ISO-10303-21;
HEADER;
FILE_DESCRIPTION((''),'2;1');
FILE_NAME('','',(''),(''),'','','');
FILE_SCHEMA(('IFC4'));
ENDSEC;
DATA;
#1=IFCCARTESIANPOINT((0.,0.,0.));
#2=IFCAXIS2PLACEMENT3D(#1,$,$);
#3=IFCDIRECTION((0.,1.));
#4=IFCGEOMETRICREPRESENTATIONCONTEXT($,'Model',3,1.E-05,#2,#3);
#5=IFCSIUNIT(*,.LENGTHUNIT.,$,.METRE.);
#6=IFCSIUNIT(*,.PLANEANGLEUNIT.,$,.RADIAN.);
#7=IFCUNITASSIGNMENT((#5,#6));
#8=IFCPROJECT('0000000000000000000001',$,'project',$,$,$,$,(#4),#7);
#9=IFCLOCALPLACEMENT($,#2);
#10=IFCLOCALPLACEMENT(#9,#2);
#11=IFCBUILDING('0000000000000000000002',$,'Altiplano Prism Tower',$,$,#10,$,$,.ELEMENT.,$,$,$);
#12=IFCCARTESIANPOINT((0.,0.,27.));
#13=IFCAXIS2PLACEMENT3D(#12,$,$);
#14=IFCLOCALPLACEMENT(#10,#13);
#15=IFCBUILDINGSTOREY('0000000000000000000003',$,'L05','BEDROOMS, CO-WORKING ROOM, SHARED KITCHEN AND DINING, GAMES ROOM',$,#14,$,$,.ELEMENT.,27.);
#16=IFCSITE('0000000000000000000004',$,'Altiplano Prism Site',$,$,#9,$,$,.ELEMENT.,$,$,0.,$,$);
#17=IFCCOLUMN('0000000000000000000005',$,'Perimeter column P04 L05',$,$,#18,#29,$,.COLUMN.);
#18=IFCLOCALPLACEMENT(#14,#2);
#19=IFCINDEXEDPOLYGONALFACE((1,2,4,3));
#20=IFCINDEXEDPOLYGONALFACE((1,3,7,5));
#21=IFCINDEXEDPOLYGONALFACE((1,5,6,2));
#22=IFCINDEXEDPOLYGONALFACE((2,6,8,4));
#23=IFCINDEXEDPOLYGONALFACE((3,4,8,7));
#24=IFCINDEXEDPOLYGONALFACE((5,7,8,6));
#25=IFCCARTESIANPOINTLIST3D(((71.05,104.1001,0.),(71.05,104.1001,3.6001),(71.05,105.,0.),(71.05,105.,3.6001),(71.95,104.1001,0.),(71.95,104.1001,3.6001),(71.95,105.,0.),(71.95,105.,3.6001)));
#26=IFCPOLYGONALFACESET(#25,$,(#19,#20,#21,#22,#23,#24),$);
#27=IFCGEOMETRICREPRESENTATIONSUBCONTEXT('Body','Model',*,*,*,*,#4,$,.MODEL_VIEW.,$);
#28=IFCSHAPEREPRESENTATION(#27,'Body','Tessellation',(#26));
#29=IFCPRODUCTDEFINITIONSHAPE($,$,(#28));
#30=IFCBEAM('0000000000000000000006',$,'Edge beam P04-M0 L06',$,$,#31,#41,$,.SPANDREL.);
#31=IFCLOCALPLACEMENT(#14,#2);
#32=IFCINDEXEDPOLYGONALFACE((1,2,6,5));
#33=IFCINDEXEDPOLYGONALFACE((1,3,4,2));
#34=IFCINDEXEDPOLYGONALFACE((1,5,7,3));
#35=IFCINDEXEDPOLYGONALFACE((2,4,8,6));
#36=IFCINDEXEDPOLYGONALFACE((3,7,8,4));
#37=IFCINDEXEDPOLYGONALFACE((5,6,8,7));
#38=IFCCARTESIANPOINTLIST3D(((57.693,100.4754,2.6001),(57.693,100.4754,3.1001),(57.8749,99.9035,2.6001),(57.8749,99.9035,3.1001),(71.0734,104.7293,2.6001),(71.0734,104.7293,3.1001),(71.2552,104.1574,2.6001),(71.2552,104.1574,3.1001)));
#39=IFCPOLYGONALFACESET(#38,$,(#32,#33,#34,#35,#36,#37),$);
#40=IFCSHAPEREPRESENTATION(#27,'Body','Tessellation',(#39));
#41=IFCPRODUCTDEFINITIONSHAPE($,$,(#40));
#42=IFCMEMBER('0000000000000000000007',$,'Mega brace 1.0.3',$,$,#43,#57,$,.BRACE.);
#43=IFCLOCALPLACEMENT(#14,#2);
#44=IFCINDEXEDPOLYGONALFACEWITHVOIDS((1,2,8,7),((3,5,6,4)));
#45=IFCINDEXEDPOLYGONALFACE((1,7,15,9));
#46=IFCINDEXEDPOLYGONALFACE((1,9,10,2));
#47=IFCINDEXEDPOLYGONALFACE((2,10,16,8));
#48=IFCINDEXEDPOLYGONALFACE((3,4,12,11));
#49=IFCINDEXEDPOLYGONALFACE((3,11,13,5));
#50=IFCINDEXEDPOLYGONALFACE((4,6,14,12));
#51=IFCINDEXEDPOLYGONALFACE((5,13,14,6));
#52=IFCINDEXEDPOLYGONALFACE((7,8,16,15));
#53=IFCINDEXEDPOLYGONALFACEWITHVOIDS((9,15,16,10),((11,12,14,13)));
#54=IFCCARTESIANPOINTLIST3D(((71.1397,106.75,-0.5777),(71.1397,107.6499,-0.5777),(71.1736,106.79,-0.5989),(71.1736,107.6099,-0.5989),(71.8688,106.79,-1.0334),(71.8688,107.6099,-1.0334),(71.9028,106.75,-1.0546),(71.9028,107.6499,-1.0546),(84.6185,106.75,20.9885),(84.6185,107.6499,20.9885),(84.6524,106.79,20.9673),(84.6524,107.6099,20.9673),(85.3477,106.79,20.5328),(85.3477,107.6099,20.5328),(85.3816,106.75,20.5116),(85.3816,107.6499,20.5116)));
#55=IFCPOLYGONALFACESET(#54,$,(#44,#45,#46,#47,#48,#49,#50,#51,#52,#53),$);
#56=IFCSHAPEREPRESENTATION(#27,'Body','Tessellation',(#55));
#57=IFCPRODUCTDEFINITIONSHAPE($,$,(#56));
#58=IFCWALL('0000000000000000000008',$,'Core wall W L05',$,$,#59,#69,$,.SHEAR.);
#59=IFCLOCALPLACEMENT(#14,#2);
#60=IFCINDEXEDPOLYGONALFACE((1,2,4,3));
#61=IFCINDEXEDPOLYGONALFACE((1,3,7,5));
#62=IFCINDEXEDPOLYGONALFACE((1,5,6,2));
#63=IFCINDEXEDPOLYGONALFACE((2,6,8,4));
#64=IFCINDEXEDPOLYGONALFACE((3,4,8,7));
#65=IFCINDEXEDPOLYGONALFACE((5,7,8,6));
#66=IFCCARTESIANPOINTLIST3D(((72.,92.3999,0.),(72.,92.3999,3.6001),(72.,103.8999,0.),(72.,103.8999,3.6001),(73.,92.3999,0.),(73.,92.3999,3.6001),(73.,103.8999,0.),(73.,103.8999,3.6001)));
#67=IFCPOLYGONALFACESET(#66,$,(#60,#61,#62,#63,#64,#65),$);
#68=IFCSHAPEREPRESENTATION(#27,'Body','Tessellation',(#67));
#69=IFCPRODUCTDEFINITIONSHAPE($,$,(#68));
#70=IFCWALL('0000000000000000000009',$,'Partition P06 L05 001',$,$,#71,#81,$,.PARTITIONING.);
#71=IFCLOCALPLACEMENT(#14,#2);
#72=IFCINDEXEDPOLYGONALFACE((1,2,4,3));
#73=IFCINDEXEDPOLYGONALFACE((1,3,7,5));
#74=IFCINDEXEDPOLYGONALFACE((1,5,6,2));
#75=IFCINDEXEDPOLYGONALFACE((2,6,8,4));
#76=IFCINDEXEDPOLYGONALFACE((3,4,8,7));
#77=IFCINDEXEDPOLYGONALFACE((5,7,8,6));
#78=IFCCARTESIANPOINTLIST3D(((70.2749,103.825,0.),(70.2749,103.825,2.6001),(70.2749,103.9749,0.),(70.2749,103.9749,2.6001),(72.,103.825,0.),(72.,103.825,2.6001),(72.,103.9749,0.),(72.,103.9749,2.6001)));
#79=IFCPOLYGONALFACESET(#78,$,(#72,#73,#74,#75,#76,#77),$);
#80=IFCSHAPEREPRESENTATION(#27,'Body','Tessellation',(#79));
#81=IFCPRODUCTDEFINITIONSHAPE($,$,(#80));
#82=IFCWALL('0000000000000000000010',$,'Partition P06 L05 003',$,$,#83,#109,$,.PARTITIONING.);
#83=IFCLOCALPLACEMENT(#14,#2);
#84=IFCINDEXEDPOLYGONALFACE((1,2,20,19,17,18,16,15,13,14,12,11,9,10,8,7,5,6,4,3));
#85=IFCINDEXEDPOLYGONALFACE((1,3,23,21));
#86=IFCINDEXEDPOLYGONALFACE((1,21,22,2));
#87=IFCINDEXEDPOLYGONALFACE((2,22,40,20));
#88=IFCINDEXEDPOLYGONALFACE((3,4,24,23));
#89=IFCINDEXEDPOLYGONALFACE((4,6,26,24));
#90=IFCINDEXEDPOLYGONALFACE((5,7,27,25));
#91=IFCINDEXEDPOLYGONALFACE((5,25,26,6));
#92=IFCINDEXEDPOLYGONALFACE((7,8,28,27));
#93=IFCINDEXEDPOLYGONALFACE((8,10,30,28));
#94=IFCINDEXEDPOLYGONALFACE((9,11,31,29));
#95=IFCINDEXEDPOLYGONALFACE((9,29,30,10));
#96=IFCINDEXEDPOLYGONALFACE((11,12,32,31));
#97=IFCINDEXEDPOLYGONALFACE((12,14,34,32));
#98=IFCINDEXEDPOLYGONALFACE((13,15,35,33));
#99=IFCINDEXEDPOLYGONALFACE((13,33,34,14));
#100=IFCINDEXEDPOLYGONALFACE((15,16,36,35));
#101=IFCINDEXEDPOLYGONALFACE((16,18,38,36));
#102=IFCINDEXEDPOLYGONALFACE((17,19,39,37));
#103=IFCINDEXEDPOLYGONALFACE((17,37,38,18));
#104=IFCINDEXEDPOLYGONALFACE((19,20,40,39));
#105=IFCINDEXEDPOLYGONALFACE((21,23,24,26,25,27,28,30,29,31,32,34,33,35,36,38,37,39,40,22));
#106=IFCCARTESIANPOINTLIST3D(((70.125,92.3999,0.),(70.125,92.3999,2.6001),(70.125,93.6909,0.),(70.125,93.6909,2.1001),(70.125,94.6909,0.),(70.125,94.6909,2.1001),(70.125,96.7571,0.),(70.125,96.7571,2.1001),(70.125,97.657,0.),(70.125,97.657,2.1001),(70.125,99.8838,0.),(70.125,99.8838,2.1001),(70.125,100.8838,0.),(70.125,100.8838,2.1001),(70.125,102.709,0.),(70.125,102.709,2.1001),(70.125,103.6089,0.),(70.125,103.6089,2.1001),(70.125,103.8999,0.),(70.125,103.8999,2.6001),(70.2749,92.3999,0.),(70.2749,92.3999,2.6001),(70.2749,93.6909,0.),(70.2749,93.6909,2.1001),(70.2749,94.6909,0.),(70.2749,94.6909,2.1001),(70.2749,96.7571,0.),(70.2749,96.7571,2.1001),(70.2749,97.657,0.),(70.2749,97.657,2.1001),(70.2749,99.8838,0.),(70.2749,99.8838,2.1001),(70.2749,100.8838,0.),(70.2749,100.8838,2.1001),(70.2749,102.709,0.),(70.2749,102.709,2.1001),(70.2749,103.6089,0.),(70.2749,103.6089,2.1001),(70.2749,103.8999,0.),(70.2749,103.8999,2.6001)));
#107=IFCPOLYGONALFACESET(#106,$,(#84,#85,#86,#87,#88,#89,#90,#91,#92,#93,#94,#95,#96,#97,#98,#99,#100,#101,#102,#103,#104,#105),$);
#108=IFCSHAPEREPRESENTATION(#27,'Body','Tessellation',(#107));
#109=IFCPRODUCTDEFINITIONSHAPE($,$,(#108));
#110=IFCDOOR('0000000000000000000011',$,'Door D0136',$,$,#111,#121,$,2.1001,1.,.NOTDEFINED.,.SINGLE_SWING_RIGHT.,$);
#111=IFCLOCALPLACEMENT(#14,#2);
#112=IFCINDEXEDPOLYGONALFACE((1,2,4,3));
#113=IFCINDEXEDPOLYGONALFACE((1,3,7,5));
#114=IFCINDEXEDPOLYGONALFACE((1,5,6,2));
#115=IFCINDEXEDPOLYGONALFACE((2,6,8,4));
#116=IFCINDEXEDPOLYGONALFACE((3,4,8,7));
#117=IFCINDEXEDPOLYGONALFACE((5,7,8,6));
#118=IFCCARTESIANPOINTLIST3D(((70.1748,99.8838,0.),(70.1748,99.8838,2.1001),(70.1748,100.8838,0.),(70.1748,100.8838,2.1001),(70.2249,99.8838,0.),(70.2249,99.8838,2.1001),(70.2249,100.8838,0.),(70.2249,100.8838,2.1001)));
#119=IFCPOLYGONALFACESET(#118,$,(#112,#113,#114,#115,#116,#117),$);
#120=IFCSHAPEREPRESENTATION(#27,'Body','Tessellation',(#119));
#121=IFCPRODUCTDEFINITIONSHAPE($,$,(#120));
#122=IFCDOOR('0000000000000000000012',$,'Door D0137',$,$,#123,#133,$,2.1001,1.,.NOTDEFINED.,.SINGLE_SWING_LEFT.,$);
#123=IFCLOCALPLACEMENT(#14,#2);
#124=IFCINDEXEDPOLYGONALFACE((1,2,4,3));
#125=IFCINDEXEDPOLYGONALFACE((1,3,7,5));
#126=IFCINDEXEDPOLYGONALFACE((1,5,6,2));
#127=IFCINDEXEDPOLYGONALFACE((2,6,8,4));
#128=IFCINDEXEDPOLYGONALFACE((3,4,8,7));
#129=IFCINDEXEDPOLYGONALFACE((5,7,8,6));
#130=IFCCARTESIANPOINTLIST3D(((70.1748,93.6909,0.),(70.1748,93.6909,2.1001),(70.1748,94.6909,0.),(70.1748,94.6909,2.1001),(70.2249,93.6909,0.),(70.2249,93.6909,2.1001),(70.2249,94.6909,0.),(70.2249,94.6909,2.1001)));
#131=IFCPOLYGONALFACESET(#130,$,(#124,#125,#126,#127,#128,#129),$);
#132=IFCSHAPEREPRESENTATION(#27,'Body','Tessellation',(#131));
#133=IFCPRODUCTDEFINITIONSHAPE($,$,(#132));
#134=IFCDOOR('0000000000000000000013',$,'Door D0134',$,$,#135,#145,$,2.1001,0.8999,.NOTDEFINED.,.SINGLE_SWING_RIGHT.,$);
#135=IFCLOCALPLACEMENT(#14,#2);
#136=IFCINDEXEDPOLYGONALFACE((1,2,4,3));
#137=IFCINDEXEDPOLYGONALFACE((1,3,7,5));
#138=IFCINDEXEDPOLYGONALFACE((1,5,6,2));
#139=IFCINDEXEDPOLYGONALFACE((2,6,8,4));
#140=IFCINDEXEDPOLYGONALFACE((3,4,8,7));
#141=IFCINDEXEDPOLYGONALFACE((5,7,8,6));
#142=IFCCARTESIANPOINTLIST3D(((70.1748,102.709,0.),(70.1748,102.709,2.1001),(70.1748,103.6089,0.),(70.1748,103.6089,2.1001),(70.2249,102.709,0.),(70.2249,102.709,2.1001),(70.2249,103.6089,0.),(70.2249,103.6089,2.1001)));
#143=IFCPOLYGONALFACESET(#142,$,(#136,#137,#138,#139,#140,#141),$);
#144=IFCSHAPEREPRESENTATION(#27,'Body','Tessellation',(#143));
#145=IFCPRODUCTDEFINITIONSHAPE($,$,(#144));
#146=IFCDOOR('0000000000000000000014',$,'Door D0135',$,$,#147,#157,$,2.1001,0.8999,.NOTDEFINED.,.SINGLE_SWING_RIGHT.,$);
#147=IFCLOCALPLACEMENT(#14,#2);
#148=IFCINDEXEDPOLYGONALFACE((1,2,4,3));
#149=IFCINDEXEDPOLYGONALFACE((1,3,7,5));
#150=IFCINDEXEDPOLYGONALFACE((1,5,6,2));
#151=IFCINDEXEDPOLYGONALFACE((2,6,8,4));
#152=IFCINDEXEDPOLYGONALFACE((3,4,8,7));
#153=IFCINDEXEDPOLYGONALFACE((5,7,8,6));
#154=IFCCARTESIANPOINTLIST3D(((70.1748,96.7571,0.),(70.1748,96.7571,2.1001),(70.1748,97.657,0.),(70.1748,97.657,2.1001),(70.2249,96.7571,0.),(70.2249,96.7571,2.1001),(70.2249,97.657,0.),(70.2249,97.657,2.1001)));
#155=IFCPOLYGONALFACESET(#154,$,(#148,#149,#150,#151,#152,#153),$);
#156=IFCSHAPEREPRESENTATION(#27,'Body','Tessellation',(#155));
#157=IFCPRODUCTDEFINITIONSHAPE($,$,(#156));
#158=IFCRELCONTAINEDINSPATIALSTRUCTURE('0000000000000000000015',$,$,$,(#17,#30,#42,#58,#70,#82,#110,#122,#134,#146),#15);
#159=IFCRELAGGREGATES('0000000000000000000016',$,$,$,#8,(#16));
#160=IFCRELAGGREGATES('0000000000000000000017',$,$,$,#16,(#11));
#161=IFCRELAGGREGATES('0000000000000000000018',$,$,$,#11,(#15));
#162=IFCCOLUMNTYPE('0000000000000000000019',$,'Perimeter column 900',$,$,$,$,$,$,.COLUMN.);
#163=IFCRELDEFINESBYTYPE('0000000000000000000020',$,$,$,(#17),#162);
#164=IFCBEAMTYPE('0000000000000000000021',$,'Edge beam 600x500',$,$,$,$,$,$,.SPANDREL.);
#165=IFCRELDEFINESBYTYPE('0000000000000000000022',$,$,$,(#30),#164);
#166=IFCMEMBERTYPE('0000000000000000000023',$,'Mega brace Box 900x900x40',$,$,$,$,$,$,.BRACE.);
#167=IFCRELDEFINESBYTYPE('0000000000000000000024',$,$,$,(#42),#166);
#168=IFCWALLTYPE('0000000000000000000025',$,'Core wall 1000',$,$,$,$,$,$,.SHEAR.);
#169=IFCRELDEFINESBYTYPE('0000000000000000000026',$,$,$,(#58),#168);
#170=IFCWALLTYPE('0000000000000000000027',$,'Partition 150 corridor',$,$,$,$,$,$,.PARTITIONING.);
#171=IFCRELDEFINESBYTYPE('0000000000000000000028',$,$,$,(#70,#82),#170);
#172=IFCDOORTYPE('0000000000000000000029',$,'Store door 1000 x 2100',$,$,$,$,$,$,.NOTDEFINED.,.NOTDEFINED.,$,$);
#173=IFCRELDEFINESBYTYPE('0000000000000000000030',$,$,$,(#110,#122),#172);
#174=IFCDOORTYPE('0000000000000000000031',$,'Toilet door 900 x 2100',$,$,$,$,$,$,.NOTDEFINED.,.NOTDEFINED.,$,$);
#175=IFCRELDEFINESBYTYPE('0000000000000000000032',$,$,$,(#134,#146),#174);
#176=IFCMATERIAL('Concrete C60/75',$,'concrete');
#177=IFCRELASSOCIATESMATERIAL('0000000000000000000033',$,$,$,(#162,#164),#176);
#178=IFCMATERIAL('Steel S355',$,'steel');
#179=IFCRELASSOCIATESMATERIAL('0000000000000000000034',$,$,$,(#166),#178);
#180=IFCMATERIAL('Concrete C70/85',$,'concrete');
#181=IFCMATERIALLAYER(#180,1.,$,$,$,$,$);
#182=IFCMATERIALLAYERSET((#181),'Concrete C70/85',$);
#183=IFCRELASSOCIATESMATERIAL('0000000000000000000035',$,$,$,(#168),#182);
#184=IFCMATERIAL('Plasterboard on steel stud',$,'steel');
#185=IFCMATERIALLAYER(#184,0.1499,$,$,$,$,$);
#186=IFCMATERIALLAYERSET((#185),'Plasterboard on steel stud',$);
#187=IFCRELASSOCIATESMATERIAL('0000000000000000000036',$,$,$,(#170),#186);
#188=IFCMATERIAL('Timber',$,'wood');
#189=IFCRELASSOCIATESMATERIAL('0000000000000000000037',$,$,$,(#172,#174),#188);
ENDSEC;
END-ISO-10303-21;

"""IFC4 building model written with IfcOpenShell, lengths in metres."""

from ifc_helpers import new_model, si_unit, direction, frame, frame_2d, origin, origin_2d, place, context, subcontext, project, spatial, rectangle, hollow_rectangle, extrude, material, layer, layer_set, material_profile, profile_set, type_object, element, fill, save


model = new_model("IFC4")

# Units and contexts
model_context = context("Model", 3, precision=1e-05, world=origin(), true_north=direction((0.0, 1.0)))
body_context = subcontext(model_context, "Body", "Model", "MODEL_VIEW")
ifc_project = project(units=[si_unit("LENGTHUNIT", "METRE"), si_unit("PLANEANGLEUNIT", "RADIAN")], contexts=[model_context])

# Site, building, storey
site_placement = place(None, origin())
site = spatial("IfcSite", under=ifc_project, at=site_placement, Name="Altiplano Prism Site", CompositionType="ELEMENT", RefElevation=0.0)
building_placement = place(site_placement, origin())
building = spatial("IfcBuilding", under=site, at=building_placement, Name="Altiplano Prism Tower", CompositionType="ELEMENT")
storey_placement = place(building_placement, frame((0.0, 0.0, 27.0)))
storey = spatial("IfcBuildingStorey", under=building, at=storey_placement, Name="L05", Description="BEDROOMS, CO-WORKING ROOM, SHARED KITCHEN AND DINING, GAMES ROOM", CompositionType="ELEMENT", Elevation=27.0)

# Column
ifc_material_1 = material(Name="Concrete C60/75", Category="concrete")
ifc_material_profile_1 = material_profile(ifc_material_1, rectangle(XDim=0.8999, YDim=0.8999, at=origin_2d()), Name="Perimeter column 900")
ifc_profile_set_1 = profile_set([ifc_material_profile_1], Name="Concrete C60/75")
column_type = type_object("IfcColumnType", Name="Perimeter column 900", PredefinedType="COLUMN", material=ifc_profile_set_1)
column_placement = place(storey_placement, frame((71.5, 104.55, 0.0), z_axis=(0.0, 0.0, 1.0), x_axis=(1.0, 0.0, 0.0)))
element("IfcColumn", 1, at=column_placement, inside=storey, type_object=column_type, Name="Perimeter column P04 L05", PredefinedType="COLUMN", context=body_context, shape_type="SweptSolid", body=[
    extrude(rectangle(XDim=0.8999, YDim=0.8999, at=origin_2d()), origin(), (0.0, 0.0, 1.0), 3.6001),
])

# Beam
ifc_material_profile_2 = material_profile(ifc_material_1, rectangle(XDim=0.6001, YDim=0.5, at=origin_2d()), Name="Edge beam 600x500")
ifc_profile_set_2 = profile_set([ifc_material_profile_2], Name="Concrete C60/75")
beam_type = type_object("IfcBeamType", Name="Edge beam 600x500", PredefinedType="SPANDREL", material=ifc_profile_set_2)
beam_placement = place(storey_placement, frame((71.1643, 104.4434, 2.8501), z_axis=(-0.952997, -0.302978, 0.0), x_axis=(0.302978, -0.952997, 0.0)))
element("IfcBeam", 2, at=beam_placement, inside=storey, type_object=beam_type, Name="Edge beam P04-M0 L06", PredefinedType="SPANDREL", context=body_context, shape_type="SweptSolid", body=[
    extrude(rectangle(XDim=0.6001, YDim=0.5, at=origin_2d()), origin(), (0.0, 0.0, 1.0), 14.0403),
])

# Member
ifc_material_2 = material(Name="Steel S355", Category="steel")
ifc_material_profile_3 = material_profile(ifc_material_2, hollow_rectangle(XDim=0.8999, YDim=0.8999, WallThickness=0.04, at=origin_2d()), Name="Mega brace Box 900x900x40")
ifc_profile_set_3 = profile_set([ifc_material_profile_3], Name="Steel S355")
member_type = type_object("IfcMemberType", Name="Mega brace Box 900x900x40", PredefinedType="BRACE", material=ifc_profile_set_3)
member_placement = place(storey_placement, frame((71.5212, 107.2, -0.8162), z_axis=(0.529996, 0.0, 0.848), x_axis=(0.0, 1.0, 0.0)))
element("IfcMember", 3, at=member_placement, inside=storey, type_object=member_type, Name="Mega brace 1.0.3", PredefinedType="BRACE", context=body_context, shape_type="SweptSolid", body=[
    extrude(hollow_rectangle(XDim=0.8999, YDim=0.8999, WallThickness=0.04, at=origin_2d()), origin(), (0.0, 0.0, 1.0), 25.4319),
])

# Walls
ifc_material_3 = material(Name="Concrete C70/85", Category="concrete")
ifc_layer_1 = layer(ifc_material_3, 1.0)
ifc_layer_set_1 = layer_set([ifc_layer_1], Name="Concrete C70/85")
wall_type_1 = type_object("IfcWallType", Name="Core wall 1000", PredefinedType="SHEAR", material=ifc_layer_set_1)
wall_1_placement = place(storey_placement, frame((72.5, 103.8999, 0.0), z_axis=(0.0, 0.0, 1.0), x_axis=(0.0, -1.0, 0.0)))
element("IfcWall", 4, at=wall_1_placement, inside=storey, type_object=wall_type_1, Name="Core wall W L05", PredefinedType="SHEAR", context=body_context, shape_type="SweptSolid", body=[
    extrude(rectangle(XDim=11.5, YDim=1.0, at=frame_2d((5.75, 0.0))), origin(), (0.0, 0.0, 1.0), 3.6001),
])
ifc_material_4 = material(Name="Plasterboard on steel stud", Category="steel")
ifc_layer_2 = layer(ifc_material_4, 0.1499)
ifc_layer_set_2 = layer_set([ifc_layer_2], Name="Plasterboard on steel stud")
wall_type_2 = type_object("IfcWallType", Name="Partition 150 corridor", PredefinedType="PARTITIONING", material=ifc_layer_set_2)
wall_2_placement = place(storey_placement, frame((72.0, 103.8999, 0.0), z_axis=(0.0, 0.0, 1.0), x_axis=(-1.0, 0.0, 0.0)))
element("IfcWall", 5, at=wall_2_placement, inside=storey, type_object=wall_type_2, Name="Partition P06 L05 001", PredefinedType="PARTITIONING", context=body_context, shape_type="SweptSolid", body=[
    extrude(rectangle(XDim=1.7251, YDim=0.1499, at=frame_2d((0.8625, 0.0))), origin(), (0.0, 0.0, 1.0), 2.6001),
])

# Wall, openings, doors
wall_3_placement = place(storey_placement, frame((70.2, 103.8999, 0.0), z_axis=(0.0, 0.0, 1.0), x_axis=(0.0, -1.0, 0.0)))
wall_3 = element("IfcWall", 6, at=wall_3_placement, inside=storey, type_object=wall_type_2, Name="Partition P06 L05 003", PredefinedType="PARTITIONING", context=body_context, shape_type="SweptSolid", body=[
    extrude(rectangle(XDim=11.5, YDim=0.1499, at=frame_2d((5.75, 0.0))), origin(), (0.0, 0.0, 1.0), 2.6001),
])
opening_1_placement = place(wall_3_placement, frame((0.291, 0.0, 0.0)))
opening_1 = element("IfcOpeningElement", 7, at=opening_1_placement, cuts=wall_3, PredefinedType="OPENING", context=body_context, shape_type="SweptSolid", body=[
    extrude(rectangle(XDim=0.8999, YDim=2.1001, at=frame_2d((0.45, 1.05))), frame((0.0, 0.0854, 0.0), z_axis=(0.0, -1.0, 0.0), x_axis=(1.0, 0.0, 0.0)), (0.0, 0.0, 1.0), 0.1709),
])
opening_2_placement = place(wall_3_placement, frame((6.2429, 0.0, 0.0)))
opening_2 = element("IfcOpeningElement", 8, at=opening_2_placement, cuts=wall_3, PredefinedType="OPENING", context=body_context, shape_type="SweptSolid", body=[
    extrude(rectangle(XDim=0.8999, YDim=2.1001, at=frame_2d((0.45, 1.05))), frame((0.0, 0.0854, 0.0), z_axis=(0.0, -1.0, 0.0), x_axis=(1.0, 0.0, 0.0)), (0.0, 0.0, 1.0), 0.1709),
])
opening_3_placement = place(wall_3_placement, frame((3.0161, 0.0, 0.0)))
opening_3 = element("IfcOpeningElement", 9, at=opening_3_placement, cuts=wall_3, PredefinedType="OPENING", context=body_context, shape_type="SweptSolid", body=[
    extrude(rectangle(XDim=1.0, YDim=2.1001, at=frame_2d((0.5, 1.05))), frame((0.0, 0.0854, 0.0), z_axis=(0.0, -1.0, 0.0), x_axis=(1.0, 0.0, 0.0)), (0.0, 0.0, 1.0), 0.1709),
])
opening_4_placement = place(wall_3_placement, frame((9.209, 0.0, 0.0)))
opening_4 = element("IfcOpeningElement", 10, at=opening_4_placement, cuts=wall_3, PredefinedType="OPENING", context=body_context, shape_type="SweptSolid", body=[
    extrude(rectangle(XDim=1.0, YDim=2.1001, at=frame_2d((0.5, 1.05))), frame((0.0, 0.0854, 0.0), z_axis=(0.0, -1.0, 0.0), x_axis=(1.0, 0.0, 0.0)), (0.0, 0.0, 1.0), 0.1709),
])
ifc_material_5 = material(Name="Timber", Category="wood")
door_type_1 = type_object("IfcDoorType", Name="Store door 1000 x 2100", OperationType="NOTDEFINED", PredefinedType="NOTDEFINED", material=ifc_material_5)
door_1_placement = place(opening_3_placement, origin())
door_1 = element("IfcDoor", 11, at=door_1_placement, inside=storey, type_object=door_type_1, Name="Door D0136", OperationType="SINGLE_SWING_RIGHT", OverallHeight=2.1001, OverallWidth=1.0, PredefinedType="NOTDEFINED", context=body_context, shape_type="SweptSolid", body=[
    extrude(rectangle(XDim=1.0, YDim=2.1001, at=frame_2d((0.5, 1.05))), frame((0.0, 0.0249, 0.0), z_axis=(0.0, -1.0, 0.0), x_axis=(1.0, 0.0, 0.0)), (0.0, 0.0, 1.0), 0.05),
])
fill(opening_3, door_1)
door_2_placement = place(opening_4_placement, origin())
door_2 = element("IfcDoor", 12, at=door_2_placement, inside=storey, type_object=door_type_1, Name="Door D0137", OperationType="SINGLE_SWING_LEFT", OverallHeight=2.1001, OverallWidth=1.0, PredefinedType="NOTDEFINED", context=body_context, shape_type="SweptSolid", body=[
    extrude(rectangle(XDim=1.0, YDim=2.1001, at=frame_2d((0.5, 1.05))), frame((0.0, 0.0249, 0.0), z_axis=(0.0, -1.0, 0.0), x_axis=(1.0, 0.0, 0.0)), (0.0, 0.0, 1.0), 0.05),
])
fill(opening_4, door_2)
door_type_2 = type_object("IfcDoorType", Name="Toilet door 900 x 2100", OperationType="NOTDEFINED", PredefinedType="NOTDEFINED", material=ifc_material_5)
door_3_placement = place(opening_1_placement, origin())
door_3 = element("IfcDoor", 13, at=door_3_placement, inside=storey, type_object=door_type_2, Name="Door D0134", OperationType="SINGLE_SWING_RIGHT", OverallHeight=2.1001, OverallWidth=0.8999, PredefinedType="NOTDEFINED", context=body_context, shape_type="SweptSolid", body=[
    extrude(rectangle(XDim=0.8999, YDim=2.1001, at=frame_2d((0.45, 1.05))), frame((0.0, 0.0249, 0.0), z_axis=(0.0, -1.0, 0.0), x_axis=(1.0, 0.0, 0.0)), (0.0, 0.0, 1.0), 0.05),
])
fill(opening_1, door_3)
door_4_placement = place(opening_2_placement, origin())
door_4 = element("IfcDoor", 14, at=door_4_placement, inside=storey, type_object=door_type_2, Name="Door D0135", OperationType="SINGLE_SWING_RIGHT", OverallHeight=2.1001, OverallWidth=0.8999, PredefinedType="NOTDEFINED", context=body_context, shape_type="SweptSolid", body=[
    extrude(rectangle(XDim=0.8999, YDim=2.1001, at=frame_2d((0.45, 1.05))), frame((0.0, 0.0249, 0.0), z_axis=(0.0, -1.0, 0.0), x_axis=(1.0, 0.0, 0.0)), (0.0, 0.0, 1.0), 0.05),
])
fill(opening_2, door_4)

save(model, "model.ifc")
